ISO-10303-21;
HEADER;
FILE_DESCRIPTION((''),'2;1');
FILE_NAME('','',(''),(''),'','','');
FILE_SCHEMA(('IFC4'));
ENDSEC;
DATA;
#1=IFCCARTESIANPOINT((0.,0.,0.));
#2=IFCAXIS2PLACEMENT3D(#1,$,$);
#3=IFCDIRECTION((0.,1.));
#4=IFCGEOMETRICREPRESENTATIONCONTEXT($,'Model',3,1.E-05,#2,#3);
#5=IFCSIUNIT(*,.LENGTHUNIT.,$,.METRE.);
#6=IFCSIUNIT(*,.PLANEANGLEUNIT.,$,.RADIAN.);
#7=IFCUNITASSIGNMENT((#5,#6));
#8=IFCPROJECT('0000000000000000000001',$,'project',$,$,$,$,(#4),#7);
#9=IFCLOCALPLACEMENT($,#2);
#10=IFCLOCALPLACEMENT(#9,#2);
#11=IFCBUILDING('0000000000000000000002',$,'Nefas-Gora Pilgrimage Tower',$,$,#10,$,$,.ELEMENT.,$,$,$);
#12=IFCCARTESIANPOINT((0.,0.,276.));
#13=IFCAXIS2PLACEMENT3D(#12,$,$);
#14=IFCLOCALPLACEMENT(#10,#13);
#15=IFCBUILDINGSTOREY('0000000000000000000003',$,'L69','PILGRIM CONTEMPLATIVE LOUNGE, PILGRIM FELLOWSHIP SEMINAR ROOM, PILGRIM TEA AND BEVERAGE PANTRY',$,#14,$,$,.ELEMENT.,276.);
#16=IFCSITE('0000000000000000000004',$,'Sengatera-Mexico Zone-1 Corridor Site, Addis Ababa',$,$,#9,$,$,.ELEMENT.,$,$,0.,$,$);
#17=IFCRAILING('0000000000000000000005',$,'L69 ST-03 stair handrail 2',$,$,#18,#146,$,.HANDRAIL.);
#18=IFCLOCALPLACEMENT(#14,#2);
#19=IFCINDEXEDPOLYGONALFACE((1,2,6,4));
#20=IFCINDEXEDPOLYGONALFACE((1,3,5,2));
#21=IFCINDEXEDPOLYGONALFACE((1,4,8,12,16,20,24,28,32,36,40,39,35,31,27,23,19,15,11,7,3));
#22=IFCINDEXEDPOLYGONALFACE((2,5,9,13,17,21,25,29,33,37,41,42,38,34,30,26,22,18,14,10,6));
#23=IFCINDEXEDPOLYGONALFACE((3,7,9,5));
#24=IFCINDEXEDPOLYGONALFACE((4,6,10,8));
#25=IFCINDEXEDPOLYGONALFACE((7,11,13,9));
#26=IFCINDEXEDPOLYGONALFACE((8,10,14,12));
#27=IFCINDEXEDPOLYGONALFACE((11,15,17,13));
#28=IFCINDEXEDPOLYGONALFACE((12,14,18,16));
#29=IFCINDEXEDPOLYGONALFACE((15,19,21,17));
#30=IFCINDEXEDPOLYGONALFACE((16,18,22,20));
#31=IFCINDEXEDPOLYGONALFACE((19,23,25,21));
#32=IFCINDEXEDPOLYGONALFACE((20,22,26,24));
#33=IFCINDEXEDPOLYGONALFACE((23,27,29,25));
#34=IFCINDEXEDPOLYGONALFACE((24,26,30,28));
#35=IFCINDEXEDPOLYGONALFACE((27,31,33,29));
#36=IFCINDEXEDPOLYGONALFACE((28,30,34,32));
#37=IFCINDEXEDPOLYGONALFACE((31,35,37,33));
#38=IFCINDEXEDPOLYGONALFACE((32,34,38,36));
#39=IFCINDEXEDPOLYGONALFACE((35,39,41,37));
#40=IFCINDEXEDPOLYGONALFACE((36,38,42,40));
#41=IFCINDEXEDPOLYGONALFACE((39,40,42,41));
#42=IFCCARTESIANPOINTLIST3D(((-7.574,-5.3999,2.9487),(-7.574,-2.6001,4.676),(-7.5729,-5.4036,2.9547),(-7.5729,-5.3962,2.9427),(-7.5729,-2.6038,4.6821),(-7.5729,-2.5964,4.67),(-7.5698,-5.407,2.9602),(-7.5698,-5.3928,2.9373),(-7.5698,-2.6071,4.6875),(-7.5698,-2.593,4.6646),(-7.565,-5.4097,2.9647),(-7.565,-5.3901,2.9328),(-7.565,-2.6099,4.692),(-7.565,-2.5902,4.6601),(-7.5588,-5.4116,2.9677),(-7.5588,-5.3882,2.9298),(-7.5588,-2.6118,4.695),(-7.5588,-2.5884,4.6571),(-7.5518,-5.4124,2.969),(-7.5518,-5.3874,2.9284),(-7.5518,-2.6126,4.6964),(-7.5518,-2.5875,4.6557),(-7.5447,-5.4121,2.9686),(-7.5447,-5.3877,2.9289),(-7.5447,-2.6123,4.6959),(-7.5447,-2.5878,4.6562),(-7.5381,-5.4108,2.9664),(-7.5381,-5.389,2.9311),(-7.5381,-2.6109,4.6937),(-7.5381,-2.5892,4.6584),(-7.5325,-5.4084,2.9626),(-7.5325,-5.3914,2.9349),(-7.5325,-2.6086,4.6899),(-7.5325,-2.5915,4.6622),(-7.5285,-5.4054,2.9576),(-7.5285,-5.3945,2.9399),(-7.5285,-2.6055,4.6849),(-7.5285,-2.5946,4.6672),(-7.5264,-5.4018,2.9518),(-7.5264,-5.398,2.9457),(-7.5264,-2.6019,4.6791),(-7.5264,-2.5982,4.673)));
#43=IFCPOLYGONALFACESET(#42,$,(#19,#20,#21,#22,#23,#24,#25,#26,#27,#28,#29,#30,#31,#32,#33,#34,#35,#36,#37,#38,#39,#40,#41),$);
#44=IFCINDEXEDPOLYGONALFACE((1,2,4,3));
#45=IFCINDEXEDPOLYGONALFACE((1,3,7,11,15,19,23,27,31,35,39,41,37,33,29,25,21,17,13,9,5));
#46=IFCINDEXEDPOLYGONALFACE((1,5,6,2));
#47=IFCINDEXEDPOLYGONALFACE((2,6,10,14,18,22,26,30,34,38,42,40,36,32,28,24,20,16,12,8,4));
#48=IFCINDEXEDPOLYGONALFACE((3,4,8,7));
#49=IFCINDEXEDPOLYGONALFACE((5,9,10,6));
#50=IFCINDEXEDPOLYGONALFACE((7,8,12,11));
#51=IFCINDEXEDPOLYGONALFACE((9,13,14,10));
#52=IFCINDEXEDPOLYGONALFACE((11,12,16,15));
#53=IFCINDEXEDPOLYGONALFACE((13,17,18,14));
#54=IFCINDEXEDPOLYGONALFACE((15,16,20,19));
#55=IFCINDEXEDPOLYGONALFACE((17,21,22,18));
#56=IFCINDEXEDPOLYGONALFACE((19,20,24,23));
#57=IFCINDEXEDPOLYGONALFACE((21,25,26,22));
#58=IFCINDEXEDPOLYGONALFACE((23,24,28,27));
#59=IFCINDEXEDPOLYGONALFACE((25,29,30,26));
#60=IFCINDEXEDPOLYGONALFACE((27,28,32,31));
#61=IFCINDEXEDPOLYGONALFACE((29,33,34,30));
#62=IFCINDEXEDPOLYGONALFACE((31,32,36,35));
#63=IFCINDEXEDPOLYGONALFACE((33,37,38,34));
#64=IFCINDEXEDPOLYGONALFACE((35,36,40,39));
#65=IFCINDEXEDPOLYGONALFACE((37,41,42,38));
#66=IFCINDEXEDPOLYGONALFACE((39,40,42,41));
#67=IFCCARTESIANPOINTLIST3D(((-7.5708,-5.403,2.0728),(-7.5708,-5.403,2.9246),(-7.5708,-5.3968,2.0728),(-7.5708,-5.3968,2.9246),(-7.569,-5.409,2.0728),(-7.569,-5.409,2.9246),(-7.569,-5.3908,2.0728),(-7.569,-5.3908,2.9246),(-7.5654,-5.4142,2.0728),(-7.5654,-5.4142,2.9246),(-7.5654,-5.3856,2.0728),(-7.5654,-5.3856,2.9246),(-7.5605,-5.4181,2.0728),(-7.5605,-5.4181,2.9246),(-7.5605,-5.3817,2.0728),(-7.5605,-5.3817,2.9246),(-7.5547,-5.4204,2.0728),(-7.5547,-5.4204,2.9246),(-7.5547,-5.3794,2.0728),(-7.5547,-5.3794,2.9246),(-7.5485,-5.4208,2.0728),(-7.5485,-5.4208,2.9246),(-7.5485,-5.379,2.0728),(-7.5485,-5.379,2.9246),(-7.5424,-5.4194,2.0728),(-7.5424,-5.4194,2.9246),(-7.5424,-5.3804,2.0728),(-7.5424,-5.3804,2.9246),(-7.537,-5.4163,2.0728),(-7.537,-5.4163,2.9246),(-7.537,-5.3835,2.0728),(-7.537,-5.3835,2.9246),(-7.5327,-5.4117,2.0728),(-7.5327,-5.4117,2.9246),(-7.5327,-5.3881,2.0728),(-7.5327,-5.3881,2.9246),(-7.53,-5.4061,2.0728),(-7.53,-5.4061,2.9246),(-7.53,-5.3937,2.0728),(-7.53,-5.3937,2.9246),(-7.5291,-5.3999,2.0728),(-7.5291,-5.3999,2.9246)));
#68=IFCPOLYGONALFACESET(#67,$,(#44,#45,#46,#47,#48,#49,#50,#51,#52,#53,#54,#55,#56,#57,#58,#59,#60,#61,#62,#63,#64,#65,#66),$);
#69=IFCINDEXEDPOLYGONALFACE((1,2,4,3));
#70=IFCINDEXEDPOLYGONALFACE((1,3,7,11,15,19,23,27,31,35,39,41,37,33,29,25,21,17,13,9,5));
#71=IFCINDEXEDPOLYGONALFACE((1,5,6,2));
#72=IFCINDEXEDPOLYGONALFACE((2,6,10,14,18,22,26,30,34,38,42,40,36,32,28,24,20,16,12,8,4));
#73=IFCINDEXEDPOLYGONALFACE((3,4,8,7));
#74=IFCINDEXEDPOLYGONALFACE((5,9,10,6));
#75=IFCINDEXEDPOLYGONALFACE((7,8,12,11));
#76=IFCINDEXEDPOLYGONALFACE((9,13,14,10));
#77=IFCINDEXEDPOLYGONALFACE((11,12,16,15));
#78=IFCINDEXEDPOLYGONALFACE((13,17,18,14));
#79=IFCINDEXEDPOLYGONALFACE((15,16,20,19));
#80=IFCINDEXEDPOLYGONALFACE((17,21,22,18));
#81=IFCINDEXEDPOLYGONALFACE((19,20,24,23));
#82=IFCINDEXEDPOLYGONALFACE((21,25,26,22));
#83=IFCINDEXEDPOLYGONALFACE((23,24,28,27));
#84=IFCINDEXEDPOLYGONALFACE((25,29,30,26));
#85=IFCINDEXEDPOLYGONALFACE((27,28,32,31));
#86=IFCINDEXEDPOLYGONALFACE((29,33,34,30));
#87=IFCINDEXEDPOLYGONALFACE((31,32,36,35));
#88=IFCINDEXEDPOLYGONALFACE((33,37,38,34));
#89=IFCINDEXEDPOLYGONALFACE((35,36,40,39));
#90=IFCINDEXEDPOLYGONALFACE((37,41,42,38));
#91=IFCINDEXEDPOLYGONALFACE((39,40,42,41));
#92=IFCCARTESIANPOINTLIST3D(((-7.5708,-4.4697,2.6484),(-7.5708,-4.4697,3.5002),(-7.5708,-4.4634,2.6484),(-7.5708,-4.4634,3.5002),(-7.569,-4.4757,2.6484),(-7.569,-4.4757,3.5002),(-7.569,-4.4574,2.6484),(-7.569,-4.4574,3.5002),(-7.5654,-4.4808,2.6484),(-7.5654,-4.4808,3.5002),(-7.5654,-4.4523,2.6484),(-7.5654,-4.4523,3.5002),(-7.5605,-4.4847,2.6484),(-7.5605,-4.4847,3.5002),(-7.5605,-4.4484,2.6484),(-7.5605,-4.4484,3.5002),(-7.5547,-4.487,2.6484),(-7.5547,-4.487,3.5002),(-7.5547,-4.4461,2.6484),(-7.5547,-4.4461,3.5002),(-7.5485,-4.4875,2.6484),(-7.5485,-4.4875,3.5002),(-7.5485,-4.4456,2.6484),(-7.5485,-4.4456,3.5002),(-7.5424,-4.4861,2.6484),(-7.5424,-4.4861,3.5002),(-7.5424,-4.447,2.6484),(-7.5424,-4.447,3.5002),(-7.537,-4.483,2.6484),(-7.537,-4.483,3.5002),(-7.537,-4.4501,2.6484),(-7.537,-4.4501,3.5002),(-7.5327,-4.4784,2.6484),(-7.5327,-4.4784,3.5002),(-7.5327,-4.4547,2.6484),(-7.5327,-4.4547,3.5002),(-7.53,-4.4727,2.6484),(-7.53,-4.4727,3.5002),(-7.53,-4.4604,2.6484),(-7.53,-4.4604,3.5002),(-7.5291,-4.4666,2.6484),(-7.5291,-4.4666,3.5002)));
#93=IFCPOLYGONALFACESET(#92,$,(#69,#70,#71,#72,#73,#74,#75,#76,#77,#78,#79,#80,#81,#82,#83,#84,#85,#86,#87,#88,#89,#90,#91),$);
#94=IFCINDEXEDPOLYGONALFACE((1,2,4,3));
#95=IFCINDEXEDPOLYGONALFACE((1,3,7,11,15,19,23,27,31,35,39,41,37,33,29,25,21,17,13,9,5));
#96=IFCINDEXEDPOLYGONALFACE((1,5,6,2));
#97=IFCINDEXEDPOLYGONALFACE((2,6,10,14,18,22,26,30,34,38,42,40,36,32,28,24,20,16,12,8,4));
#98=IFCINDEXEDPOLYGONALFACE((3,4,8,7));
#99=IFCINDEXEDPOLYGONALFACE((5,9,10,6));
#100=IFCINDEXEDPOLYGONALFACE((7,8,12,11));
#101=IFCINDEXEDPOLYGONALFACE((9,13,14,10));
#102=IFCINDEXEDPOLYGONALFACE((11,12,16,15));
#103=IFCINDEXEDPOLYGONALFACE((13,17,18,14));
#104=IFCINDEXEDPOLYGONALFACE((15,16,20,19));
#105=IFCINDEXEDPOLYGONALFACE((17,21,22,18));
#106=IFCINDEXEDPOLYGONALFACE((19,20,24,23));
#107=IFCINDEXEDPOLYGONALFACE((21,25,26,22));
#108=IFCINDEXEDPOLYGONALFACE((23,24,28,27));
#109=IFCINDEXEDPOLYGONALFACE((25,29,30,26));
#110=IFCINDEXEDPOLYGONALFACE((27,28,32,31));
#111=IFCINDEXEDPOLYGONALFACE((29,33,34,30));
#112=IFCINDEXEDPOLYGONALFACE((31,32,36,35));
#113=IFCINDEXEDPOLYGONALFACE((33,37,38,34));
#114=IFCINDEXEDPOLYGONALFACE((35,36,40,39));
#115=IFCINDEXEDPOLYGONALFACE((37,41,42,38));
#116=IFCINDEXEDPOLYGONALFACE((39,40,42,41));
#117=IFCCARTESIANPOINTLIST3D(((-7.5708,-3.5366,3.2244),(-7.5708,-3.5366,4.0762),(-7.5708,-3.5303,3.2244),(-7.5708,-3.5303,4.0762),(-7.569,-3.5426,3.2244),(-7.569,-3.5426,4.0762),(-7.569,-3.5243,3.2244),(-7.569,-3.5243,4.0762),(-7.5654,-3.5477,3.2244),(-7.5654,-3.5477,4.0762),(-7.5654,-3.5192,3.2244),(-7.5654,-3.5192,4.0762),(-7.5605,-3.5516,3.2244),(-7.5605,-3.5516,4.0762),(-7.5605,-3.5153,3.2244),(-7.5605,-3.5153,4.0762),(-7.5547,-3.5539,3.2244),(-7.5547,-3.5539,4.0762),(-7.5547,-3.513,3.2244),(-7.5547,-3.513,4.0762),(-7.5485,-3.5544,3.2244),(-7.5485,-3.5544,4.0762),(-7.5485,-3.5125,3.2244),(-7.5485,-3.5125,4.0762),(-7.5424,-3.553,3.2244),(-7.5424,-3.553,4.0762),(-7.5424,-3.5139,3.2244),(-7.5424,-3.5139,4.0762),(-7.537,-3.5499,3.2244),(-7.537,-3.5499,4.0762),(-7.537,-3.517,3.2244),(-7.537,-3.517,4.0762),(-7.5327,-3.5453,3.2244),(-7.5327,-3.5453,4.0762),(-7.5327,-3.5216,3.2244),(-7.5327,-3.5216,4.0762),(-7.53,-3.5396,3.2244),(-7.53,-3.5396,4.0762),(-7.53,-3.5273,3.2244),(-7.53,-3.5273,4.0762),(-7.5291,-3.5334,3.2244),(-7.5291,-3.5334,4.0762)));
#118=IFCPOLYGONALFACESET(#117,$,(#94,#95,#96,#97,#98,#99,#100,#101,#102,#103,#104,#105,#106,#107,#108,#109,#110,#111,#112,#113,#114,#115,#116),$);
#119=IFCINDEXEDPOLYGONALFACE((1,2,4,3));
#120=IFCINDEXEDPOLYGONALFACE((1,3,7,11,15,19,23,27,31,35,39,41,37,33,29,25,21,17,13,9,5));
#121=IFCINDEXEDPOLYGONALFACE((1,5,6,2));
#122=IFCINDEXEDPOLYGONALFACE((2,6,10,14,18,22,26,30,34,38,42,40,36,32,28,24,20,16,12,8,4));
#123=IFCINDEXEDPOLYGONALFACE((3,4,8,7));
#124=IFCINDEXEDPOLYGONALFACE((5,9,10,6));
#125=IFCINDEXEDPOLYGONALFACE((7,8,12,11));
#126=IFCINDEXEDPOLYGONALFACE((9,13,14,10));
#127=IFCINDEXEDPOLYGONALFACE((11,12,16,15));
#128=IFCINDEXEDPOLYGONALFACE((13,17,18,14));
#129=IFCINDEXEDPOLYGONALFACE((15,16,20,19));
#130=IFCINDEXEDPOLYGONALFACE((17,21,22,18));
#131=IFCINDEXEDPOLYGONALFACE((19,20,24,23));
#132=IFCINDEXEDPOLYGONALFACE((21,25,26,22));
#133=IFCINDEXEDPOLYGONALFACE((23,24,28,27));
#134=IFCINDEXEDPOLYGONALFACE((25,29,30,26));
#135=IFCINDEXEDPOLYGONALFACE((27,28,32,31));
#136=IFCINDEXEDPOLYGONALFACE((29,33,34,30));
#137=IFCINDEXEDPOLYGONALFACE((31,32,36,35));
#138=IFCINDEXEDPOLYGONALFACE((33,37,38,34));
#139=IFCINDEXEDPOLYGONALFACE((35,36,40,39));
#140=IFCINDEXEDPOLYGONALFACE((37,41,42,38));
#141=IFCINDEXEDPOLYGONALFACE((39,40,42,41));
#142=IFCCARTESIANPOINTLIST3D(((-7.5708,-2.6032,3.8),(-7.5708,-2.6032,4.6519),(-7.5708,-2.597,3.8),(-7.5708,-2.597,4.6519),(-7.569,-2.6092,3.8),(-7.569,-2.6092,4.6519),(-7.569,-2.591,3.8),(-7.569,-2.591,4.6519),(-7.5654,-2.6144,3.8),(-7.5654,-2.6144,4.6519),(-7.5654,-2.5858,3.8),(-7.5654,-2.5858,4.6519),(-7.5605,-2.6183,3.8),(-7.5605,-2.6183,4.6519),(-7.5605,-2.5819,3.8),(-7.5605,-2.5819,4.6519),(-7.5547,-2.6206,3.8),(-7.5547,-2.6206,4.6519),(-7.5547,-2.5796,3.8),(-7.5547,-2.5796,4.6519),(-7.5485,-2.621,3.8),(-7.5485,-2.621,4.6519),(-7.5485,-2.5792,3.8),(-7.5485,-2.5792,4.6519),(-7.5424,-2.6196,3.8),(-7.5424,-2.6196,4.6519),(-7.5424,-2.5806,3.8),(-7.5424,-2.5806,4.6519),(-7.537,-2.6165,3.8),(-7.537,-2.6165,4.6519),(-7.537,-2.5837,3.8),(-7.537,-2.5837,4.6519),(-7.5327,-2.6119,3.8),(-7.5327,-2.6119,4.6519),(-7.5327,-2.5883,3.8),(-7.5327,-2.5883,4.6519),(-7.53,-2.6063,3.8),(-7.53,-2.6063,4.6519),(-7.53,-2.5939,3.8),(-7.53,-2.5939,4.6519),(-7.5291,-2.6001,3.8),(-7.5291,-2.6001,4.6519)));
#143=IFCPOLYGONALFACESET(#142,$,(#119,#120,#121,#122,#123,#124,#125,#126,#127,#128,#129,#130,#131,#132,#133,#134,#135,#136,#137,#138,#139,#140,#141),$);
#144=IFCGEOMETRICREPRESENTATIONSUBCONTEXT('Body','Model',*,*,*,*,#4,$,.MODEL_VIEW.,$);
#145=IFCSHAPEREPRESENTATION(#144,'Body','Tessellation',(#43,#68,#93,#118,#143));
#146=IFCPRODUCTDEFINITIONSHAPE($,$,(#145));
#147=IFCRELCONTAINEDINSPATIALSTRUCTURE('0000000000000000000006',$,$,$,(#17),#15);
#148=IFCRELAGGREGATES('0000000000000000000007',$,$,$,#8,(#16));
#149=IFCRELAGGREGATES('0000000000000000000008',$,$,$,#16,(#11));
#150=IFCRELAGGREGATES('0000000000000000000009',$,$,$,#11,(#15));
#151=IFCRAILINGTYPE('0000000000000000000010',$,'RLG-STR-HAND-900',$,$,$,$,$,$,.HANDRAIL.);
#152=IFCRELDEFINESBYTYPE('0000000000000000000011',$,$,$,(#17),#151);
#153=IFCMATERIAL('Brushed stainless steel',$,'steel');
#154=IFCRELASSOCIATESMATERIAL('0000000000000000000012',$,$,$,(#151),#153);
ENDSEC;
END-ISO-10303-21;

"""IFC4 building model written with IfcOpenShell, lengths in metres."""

from ifc_helpers import new_model, si_unit, direction, frame, origin, origin_2d, place, context, subcontext, project, spatial, circle, extrude, material, type_object, element, save


model = new_model("IFC4")

# Units and contexts
model_context = context("Model", 3, precision=1e-05, world=origin(), true_north=direction((0.0, 1.0)))
body_context = subcontext(model_context, "Body", "Model", "MODEL_VIEW")
ifc_project = project(units=[si_unit("LENGTHUNIT", "METRE"), si_unit("PLANEANGLEUNIT", "RADIAN")], contexts=[model_context])

# Site, building, storey
site_placement = place(None, origin())
site = spatial("IfcSite", under=ifc_project, at=site_placement, Name="Sengatera-Mexico Zone-1 Corridor Site, Addis Ababa", CompositionType="ELEMENT", RefElevation=0.0)
building_placement = place(site_placement, origin())
building = spatial("IfcBuilding", under=site, at=building_placement, Name="Nefas-Gora Pilgrimage Tower", CompositionType="ELEMENT")
storey_placement = place(building_placement, frame((0.0, 0.0, 276.0)))
storey = spatial("IfcBuildingStorey", under=building, at=storey_placement, Name="L69", Description="PILGRIM CONTEMPLATIVE LOUNGE, PILGRIM FELLOWSHIP SEMINAR ROOM, PILGRIM TEA AND BEVERAGE PANTRY", CompositionType="ELEMENT", Elevation=276.0)

# Railing
ifc_material_1 = material(Name="Brushed stainless steel", Category="steel")
railing_type_1 = type_object("IfcRailingType", Name="RLG-STR-HAND-900", PredefinedType="HANDRAIL", material=ifc_material_1)
railing_1_placement = place(storey_placement, frame((-7.55, -5.3999, 2.0728)))
element("IfcRailing", 1, at=railing_1_placement, inside=storey, type_object=railing_type_1, Name="L69 ST-03 stair handrail 2", PredefinedType="HANDRAIL", context=body_context, shape_type="SweptSolid", body=[
    extrude(circle(Radius=0.0239, at=origin_2d()), frame((0.0, 0.0, 0.876), z_axis=(0.0, 0.851069, 0.525054), x_axis=(-1.0, 0.0, 0.0)), (0.0, 0.0, 1.0), 3.2898),
    extrude(circle(Radius=0.021, at=origin_2d()), origin(), (0.0, 0.0, 1.0), 0.8518),
    extrude(circle(Radius=0.021, at=origin_2d()), frame((0.0, 0.9333, 0.5757)), (0.0, 0.0, 1.0), 0.8518),
    extrude(circle(Radius=0.021, at=origin_2d()), frame((0.0, 1.8665, 1.1516)), (0.0, 0.0, 1.0), 0.8518),
    extrude(circle(Radius=0.021, at=origin_2d()), frame((0.0, 2.7998, 1.7273)), (0.0, 0.0, 1.0), 0.8518),
])

save(model, "model.ifc")
